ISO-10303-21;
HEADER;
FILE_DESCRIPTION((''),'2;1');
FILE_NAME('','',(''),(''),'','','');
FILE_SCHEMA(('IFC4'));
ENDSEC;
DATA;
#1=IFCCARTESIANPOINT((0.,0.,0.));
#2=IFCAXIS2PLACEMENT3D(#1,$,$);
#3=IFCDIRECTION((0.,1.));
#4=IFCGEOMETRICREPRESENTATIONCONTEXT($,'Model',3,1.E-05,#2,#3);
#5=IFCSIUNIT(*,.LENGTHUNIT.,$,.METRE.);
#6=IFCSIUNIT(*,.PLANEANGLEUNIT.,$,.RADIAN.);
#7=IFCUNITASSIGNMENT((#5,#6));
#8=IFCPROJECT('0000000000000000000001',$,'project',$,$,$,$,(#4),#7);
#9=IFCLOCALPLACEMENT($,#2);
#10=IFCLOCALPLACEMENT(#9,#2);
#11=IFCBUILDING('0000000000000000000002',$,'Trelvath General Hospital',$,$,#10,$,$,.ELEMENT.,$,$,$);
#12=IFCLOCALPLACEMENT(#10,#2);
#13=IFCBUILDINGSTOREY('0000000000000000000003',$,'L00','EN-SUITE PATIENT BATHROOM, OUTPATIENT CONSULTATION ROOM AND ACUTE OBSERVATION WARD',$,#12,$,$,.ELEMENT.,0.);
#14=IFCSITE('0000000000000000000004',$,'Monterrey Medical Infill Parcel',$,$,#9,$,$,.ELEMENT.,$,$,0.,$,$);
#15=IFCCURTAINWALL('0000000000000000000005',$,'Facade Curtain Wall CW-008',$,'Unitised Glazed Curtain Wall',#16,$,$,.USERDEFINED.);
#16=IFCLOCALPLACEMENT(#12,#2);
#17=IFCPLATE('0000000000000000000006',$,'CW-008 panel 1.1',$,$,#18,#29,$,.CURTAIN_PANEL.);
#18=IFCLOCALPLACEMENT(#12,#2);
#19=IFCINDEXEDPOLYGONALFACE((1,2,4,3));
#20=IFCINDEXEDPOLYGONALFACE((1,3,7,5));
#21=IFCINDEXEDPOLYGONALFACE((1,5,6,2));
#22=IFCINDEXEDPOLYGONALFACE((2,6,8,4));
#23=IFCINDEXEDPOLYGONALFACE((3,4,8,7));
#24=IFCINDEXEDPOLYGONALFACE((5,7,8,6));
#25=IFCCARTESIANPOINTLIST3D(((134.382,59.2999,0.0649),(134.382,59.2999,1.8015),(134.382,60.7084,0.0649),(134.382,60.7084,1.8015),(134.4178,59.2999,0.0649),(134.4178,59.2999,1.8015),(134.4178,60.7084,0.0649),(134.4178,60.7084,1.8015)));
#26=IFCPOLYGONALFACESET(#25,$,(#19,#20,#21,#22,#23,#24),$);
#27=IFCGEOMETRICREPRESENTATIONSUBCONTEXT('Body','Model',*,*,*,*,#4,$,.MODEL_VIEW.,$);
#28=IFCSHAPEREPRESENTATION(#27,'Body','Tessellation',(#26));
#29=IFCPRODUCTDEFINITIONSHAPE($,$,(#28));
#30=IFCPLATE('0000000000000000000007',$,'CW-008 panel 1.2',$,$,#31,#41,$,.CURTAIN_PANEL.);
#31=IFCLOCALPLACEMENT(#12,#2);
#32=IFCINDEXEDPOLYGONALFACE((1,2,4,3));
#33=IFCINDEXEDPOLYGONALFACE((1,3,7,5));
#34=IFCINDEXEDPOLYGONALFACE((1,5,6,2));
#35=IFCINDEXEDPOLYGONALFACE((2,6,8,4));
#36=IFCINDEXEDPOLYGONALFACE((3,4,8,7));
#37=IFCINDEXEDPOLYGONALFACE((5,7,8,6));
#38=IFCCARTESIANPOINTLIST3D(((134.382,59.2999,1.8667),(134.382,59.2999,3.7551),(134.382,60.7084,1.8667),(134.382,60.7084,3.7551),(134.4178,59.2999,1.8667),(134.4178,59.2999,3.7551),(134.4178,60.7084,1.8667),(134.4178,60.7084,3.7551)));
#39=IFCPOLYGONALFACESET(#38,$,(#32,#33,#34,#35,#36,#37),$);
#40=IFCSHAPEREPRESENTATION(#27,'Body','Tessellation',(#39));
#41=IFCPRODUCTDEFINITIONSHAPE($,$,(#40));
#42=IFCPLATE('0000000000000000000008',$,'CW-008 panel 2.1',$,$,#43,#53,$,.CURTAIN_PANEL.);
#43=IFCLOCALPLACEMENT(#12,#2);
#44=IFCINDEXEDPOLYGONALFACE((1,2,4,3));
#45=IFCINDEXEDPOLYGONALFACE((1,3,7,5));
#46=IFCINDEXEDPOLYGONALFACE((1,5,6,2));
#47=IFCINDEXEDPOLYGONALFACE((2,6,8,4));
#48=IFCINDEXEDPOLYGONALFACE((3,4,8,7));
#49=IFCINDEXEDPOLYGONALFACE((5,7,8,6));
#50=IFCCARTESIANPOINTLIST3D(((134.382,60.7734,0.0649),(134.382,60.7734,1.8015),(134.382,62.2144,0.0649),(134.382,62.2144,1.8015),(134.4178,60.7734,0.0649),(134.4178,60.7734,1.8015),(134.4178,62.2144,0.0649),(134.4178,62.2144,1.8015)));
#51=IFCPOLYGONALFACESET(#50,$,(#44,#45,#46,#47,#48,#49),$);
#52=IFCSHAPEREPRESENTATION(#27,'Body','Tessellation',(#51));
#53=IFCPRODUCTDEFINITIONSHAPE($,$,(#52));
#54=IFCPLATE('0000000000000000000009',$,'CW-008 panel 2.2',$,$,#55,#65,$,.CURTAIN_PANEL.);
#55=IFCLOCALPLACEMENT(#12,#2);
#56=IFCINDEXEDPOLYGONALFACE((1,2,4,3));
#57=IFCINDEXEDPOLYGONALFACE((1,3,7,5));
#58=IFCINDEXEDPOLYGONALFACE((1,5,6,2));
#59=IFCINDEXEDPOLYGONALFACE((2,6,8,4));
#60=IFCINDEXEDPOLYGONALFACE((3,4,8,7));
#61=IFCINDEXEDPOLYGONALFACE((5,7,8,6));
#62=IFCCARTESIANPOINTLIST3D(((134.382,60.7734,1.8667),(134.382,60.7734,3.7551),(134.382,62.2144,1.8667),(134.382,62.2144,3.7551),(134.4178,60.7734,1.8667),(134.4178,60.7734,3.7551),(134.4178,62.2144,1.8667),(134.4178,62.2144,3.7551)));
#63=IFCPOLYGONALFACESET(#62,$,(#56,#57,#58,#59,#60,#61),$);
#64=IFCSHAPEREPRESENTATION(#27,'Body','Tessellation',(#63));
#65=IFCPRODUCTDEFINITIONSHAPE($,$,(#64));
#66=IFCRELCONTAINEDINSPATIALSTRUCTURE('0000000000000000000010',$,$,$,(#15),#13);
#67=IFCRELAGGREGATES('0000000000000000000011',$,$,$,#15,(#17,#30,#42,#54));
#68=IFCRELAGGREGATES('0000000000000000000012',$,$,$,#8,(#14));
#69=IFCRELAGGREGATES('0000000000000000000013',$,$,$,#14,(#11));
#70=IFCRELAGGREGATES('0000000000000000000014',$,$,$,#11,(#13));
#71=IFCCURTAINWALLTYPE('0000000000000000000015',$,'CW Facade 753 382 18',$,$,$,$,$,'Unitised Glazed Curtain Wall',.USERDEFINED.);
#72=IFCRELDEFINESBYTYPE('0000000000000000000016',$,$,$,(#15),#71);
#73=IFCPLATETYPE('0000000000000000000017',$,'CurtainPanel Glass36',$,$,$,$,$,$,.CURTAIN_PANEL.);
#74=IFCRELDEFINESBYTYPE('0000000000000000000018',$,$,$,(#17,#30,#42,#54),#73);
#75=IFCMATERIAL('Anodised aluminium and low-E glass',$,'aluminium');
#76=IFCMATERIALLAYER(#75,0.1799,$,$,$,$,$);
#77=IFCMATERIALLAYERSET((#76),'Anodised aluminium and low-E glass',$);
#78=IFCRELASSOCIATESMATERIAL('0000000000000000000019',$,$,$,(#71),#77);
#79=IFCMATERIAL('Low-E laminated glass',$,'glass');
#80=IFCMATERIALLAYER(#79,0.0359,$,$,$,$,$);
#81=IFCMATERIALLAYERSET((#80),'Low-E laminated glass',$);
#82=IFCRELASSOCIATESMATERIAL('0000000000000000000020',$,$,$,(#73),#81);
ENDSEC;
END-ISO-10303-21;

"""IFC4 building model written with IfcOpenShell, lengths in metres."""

from ifc_helpers import new_model, si_unit, direction, frame, origin, origin_2d, place, context, subcontext, project, spatial, rectangle, extrude, material, layer, layer_set, type_object, element, aggregate, save


model = new_model("IFC4")

# Units and contexts
model_context = context("Model", 3, precision=1e-05, world=origin(), true_north=direction((0.0, 1.0)))
body_context = subcontext(model_context, "Body", "Model", "MODEL_VIEW")
ifc_project = project(units=[si_unit("LENGTHUNIT", "METRE"), si_unit("PLANEANGLEUNIT", "RADIAN")], contexts=[model_context])

# Site, building, storey
site_placement = place(None, origin())
site = spatial("IfcSite", under=ifc_project, at=site_placement, Name="Monterrey Medical Infill Parcel", CompositionType="ELEMENT", RefElevation=0.0)
building_placement = place(site_placement, origin())
building = spatial("IfcBuilding", under=site, at=building_placement, Name="Trelvath General Hospital", CompositionType="ELEMENT")
storey_placement = place(building_placement, origin())
storey = spatial("IfcBuildingStorey", under=building, at=storey_placement, Name="L00", Description="EN-SUITE PATIENT BATHROOM, OUTPATIENT CONSULTATION ROOM AND ACUTE OBSERVATION WARD", CompositionType="ELEMENT", Elevation=0.0)

# Shared definitions
ifc_material_1 = material(Name="Anodised aluminium and low-E glass", Category="aluminium")
ifc_layer_1 = layer(ifc_material_1, 0.1799)
ifc_layer_set_1 = layer_set([ifc_layer_1], Name="Anodised aluminium and low-E glass")
curtain_wall_type = type_object("IfcCurtainWallType", Name="CW Facade 753 382 18", ElementType="Unitised Glazed Curtain Wall", PredefinedType="USERDEFINED", material=ifc_layer_set_1)

# Curtain wall, plates
curtain_wall_1_placement = place(storey_placement, origin())
curtain_wall_1 = element("IfcCurtainWall", 1, at=curtain_wall_1_placement, inside=storey, type_object=curtain_wall_type, Name="Facade Curtain Wall CW-008", ObjectType="Unitised Glazed Curtain Wall", PredefinedType="USERDEFINED")
ifc_material_2 = material(Name="Low-E laminated glass", Category="glass")
ifc_layer_2 = layer(ifc_material_2, 0.0359)
ifc_layer_set_2 = layer_set([ifc_layer_2], Name="Low-E laminated glass")
plate_type = type_object("IfcPlateType", Name="CurtainPanel Glass36", PredefinedType="CURTAIN_PANEL", material=ifc_layer_set_2)
plate_1_placement = place(storey_placement, frame((134.3999, 60.0042, 0.0649), z_axis=(0.0, 0.0, 1.0), x_axis=(0.0, 1.0, 0.0)))
plate_1 = element("IfcPlate", 2, at=plate_1_placement, type_object=plate_type, Name="CW-008 panel 1.1", PredefinedType="CURTAIN_PANEL", context=body_context, shape_type="SweptSolid", body=[
    extrude(rectangle(XDim=1.4084, YDim=0.0359, at=origin_2d()), origin(), (0.0, 0.0, 1.0), 1.7366),
])
plate_2_placement = place(storey_placement, frame((134.3999, 60.0042, 1.8667), z_axis=(0.0, 0.0, 1.0), x_axis=(0.0, 1.0, 0.0)))
plate_2 = element("IfcPlate", 3, at=plate_2_placement, type_object=plate_type, Name="CW-008 panel 1.2", PredefinedType="CURTAIN_PANEL", context=body_context, shape_type="SweptSolid", body=[
    extrude(rectangle(XDim=1.4084, YDim=0.0359, at=origin_2d()), origin(), (0.0, 0.0, 1.0), 1.8884),
])
plate_3_placement = place(storey_placement, frame((134.3999, 61.4939, 0.0649), z_axis=(0.0, 0.0, 1.0), x_axis=(0.0, 1.0, 0.0)))
plate_3 = element("IfcPlate", 4, at=plate_3_placement, type_object=plate_type, Name="CW-008 panel 2.1", PredefinedType="CURTAIN_PANEL", context=body_context, shape_type="SweptSolid", body=[
    extrude(rectangle(XDim=1.4409, YDim=0.0359, at=origin_2d()), origin(), (0.0, 0.0, 1.0), 1.7366),
])
plate_4_placement = place(storey_placement, frame((134.3999, 61.4939, 1.8667), z_axis=(0.0, 0.0, 1.0), x_axis=(0.0, 1.0, 0.0)))
plate_4 = element("IfcPlate", 5, at=plate_4_placement, type_object=plate_type, Name="CW-008 panel 2.2", PredefinedType="CURTAIN_PANEL", context=body_context, shape_type="SweptSolid", body=[
    extrude(rectangle(XDim=1.4409, YDim=0.0359, at=origin_2d()), origin(), (0.0, 0.0, 1.0), 1.8884),
])
aggregate(curtain_wall_1, [plate_1, plate_2, plate_3, plate_4])

save(model, "model.ifc")
